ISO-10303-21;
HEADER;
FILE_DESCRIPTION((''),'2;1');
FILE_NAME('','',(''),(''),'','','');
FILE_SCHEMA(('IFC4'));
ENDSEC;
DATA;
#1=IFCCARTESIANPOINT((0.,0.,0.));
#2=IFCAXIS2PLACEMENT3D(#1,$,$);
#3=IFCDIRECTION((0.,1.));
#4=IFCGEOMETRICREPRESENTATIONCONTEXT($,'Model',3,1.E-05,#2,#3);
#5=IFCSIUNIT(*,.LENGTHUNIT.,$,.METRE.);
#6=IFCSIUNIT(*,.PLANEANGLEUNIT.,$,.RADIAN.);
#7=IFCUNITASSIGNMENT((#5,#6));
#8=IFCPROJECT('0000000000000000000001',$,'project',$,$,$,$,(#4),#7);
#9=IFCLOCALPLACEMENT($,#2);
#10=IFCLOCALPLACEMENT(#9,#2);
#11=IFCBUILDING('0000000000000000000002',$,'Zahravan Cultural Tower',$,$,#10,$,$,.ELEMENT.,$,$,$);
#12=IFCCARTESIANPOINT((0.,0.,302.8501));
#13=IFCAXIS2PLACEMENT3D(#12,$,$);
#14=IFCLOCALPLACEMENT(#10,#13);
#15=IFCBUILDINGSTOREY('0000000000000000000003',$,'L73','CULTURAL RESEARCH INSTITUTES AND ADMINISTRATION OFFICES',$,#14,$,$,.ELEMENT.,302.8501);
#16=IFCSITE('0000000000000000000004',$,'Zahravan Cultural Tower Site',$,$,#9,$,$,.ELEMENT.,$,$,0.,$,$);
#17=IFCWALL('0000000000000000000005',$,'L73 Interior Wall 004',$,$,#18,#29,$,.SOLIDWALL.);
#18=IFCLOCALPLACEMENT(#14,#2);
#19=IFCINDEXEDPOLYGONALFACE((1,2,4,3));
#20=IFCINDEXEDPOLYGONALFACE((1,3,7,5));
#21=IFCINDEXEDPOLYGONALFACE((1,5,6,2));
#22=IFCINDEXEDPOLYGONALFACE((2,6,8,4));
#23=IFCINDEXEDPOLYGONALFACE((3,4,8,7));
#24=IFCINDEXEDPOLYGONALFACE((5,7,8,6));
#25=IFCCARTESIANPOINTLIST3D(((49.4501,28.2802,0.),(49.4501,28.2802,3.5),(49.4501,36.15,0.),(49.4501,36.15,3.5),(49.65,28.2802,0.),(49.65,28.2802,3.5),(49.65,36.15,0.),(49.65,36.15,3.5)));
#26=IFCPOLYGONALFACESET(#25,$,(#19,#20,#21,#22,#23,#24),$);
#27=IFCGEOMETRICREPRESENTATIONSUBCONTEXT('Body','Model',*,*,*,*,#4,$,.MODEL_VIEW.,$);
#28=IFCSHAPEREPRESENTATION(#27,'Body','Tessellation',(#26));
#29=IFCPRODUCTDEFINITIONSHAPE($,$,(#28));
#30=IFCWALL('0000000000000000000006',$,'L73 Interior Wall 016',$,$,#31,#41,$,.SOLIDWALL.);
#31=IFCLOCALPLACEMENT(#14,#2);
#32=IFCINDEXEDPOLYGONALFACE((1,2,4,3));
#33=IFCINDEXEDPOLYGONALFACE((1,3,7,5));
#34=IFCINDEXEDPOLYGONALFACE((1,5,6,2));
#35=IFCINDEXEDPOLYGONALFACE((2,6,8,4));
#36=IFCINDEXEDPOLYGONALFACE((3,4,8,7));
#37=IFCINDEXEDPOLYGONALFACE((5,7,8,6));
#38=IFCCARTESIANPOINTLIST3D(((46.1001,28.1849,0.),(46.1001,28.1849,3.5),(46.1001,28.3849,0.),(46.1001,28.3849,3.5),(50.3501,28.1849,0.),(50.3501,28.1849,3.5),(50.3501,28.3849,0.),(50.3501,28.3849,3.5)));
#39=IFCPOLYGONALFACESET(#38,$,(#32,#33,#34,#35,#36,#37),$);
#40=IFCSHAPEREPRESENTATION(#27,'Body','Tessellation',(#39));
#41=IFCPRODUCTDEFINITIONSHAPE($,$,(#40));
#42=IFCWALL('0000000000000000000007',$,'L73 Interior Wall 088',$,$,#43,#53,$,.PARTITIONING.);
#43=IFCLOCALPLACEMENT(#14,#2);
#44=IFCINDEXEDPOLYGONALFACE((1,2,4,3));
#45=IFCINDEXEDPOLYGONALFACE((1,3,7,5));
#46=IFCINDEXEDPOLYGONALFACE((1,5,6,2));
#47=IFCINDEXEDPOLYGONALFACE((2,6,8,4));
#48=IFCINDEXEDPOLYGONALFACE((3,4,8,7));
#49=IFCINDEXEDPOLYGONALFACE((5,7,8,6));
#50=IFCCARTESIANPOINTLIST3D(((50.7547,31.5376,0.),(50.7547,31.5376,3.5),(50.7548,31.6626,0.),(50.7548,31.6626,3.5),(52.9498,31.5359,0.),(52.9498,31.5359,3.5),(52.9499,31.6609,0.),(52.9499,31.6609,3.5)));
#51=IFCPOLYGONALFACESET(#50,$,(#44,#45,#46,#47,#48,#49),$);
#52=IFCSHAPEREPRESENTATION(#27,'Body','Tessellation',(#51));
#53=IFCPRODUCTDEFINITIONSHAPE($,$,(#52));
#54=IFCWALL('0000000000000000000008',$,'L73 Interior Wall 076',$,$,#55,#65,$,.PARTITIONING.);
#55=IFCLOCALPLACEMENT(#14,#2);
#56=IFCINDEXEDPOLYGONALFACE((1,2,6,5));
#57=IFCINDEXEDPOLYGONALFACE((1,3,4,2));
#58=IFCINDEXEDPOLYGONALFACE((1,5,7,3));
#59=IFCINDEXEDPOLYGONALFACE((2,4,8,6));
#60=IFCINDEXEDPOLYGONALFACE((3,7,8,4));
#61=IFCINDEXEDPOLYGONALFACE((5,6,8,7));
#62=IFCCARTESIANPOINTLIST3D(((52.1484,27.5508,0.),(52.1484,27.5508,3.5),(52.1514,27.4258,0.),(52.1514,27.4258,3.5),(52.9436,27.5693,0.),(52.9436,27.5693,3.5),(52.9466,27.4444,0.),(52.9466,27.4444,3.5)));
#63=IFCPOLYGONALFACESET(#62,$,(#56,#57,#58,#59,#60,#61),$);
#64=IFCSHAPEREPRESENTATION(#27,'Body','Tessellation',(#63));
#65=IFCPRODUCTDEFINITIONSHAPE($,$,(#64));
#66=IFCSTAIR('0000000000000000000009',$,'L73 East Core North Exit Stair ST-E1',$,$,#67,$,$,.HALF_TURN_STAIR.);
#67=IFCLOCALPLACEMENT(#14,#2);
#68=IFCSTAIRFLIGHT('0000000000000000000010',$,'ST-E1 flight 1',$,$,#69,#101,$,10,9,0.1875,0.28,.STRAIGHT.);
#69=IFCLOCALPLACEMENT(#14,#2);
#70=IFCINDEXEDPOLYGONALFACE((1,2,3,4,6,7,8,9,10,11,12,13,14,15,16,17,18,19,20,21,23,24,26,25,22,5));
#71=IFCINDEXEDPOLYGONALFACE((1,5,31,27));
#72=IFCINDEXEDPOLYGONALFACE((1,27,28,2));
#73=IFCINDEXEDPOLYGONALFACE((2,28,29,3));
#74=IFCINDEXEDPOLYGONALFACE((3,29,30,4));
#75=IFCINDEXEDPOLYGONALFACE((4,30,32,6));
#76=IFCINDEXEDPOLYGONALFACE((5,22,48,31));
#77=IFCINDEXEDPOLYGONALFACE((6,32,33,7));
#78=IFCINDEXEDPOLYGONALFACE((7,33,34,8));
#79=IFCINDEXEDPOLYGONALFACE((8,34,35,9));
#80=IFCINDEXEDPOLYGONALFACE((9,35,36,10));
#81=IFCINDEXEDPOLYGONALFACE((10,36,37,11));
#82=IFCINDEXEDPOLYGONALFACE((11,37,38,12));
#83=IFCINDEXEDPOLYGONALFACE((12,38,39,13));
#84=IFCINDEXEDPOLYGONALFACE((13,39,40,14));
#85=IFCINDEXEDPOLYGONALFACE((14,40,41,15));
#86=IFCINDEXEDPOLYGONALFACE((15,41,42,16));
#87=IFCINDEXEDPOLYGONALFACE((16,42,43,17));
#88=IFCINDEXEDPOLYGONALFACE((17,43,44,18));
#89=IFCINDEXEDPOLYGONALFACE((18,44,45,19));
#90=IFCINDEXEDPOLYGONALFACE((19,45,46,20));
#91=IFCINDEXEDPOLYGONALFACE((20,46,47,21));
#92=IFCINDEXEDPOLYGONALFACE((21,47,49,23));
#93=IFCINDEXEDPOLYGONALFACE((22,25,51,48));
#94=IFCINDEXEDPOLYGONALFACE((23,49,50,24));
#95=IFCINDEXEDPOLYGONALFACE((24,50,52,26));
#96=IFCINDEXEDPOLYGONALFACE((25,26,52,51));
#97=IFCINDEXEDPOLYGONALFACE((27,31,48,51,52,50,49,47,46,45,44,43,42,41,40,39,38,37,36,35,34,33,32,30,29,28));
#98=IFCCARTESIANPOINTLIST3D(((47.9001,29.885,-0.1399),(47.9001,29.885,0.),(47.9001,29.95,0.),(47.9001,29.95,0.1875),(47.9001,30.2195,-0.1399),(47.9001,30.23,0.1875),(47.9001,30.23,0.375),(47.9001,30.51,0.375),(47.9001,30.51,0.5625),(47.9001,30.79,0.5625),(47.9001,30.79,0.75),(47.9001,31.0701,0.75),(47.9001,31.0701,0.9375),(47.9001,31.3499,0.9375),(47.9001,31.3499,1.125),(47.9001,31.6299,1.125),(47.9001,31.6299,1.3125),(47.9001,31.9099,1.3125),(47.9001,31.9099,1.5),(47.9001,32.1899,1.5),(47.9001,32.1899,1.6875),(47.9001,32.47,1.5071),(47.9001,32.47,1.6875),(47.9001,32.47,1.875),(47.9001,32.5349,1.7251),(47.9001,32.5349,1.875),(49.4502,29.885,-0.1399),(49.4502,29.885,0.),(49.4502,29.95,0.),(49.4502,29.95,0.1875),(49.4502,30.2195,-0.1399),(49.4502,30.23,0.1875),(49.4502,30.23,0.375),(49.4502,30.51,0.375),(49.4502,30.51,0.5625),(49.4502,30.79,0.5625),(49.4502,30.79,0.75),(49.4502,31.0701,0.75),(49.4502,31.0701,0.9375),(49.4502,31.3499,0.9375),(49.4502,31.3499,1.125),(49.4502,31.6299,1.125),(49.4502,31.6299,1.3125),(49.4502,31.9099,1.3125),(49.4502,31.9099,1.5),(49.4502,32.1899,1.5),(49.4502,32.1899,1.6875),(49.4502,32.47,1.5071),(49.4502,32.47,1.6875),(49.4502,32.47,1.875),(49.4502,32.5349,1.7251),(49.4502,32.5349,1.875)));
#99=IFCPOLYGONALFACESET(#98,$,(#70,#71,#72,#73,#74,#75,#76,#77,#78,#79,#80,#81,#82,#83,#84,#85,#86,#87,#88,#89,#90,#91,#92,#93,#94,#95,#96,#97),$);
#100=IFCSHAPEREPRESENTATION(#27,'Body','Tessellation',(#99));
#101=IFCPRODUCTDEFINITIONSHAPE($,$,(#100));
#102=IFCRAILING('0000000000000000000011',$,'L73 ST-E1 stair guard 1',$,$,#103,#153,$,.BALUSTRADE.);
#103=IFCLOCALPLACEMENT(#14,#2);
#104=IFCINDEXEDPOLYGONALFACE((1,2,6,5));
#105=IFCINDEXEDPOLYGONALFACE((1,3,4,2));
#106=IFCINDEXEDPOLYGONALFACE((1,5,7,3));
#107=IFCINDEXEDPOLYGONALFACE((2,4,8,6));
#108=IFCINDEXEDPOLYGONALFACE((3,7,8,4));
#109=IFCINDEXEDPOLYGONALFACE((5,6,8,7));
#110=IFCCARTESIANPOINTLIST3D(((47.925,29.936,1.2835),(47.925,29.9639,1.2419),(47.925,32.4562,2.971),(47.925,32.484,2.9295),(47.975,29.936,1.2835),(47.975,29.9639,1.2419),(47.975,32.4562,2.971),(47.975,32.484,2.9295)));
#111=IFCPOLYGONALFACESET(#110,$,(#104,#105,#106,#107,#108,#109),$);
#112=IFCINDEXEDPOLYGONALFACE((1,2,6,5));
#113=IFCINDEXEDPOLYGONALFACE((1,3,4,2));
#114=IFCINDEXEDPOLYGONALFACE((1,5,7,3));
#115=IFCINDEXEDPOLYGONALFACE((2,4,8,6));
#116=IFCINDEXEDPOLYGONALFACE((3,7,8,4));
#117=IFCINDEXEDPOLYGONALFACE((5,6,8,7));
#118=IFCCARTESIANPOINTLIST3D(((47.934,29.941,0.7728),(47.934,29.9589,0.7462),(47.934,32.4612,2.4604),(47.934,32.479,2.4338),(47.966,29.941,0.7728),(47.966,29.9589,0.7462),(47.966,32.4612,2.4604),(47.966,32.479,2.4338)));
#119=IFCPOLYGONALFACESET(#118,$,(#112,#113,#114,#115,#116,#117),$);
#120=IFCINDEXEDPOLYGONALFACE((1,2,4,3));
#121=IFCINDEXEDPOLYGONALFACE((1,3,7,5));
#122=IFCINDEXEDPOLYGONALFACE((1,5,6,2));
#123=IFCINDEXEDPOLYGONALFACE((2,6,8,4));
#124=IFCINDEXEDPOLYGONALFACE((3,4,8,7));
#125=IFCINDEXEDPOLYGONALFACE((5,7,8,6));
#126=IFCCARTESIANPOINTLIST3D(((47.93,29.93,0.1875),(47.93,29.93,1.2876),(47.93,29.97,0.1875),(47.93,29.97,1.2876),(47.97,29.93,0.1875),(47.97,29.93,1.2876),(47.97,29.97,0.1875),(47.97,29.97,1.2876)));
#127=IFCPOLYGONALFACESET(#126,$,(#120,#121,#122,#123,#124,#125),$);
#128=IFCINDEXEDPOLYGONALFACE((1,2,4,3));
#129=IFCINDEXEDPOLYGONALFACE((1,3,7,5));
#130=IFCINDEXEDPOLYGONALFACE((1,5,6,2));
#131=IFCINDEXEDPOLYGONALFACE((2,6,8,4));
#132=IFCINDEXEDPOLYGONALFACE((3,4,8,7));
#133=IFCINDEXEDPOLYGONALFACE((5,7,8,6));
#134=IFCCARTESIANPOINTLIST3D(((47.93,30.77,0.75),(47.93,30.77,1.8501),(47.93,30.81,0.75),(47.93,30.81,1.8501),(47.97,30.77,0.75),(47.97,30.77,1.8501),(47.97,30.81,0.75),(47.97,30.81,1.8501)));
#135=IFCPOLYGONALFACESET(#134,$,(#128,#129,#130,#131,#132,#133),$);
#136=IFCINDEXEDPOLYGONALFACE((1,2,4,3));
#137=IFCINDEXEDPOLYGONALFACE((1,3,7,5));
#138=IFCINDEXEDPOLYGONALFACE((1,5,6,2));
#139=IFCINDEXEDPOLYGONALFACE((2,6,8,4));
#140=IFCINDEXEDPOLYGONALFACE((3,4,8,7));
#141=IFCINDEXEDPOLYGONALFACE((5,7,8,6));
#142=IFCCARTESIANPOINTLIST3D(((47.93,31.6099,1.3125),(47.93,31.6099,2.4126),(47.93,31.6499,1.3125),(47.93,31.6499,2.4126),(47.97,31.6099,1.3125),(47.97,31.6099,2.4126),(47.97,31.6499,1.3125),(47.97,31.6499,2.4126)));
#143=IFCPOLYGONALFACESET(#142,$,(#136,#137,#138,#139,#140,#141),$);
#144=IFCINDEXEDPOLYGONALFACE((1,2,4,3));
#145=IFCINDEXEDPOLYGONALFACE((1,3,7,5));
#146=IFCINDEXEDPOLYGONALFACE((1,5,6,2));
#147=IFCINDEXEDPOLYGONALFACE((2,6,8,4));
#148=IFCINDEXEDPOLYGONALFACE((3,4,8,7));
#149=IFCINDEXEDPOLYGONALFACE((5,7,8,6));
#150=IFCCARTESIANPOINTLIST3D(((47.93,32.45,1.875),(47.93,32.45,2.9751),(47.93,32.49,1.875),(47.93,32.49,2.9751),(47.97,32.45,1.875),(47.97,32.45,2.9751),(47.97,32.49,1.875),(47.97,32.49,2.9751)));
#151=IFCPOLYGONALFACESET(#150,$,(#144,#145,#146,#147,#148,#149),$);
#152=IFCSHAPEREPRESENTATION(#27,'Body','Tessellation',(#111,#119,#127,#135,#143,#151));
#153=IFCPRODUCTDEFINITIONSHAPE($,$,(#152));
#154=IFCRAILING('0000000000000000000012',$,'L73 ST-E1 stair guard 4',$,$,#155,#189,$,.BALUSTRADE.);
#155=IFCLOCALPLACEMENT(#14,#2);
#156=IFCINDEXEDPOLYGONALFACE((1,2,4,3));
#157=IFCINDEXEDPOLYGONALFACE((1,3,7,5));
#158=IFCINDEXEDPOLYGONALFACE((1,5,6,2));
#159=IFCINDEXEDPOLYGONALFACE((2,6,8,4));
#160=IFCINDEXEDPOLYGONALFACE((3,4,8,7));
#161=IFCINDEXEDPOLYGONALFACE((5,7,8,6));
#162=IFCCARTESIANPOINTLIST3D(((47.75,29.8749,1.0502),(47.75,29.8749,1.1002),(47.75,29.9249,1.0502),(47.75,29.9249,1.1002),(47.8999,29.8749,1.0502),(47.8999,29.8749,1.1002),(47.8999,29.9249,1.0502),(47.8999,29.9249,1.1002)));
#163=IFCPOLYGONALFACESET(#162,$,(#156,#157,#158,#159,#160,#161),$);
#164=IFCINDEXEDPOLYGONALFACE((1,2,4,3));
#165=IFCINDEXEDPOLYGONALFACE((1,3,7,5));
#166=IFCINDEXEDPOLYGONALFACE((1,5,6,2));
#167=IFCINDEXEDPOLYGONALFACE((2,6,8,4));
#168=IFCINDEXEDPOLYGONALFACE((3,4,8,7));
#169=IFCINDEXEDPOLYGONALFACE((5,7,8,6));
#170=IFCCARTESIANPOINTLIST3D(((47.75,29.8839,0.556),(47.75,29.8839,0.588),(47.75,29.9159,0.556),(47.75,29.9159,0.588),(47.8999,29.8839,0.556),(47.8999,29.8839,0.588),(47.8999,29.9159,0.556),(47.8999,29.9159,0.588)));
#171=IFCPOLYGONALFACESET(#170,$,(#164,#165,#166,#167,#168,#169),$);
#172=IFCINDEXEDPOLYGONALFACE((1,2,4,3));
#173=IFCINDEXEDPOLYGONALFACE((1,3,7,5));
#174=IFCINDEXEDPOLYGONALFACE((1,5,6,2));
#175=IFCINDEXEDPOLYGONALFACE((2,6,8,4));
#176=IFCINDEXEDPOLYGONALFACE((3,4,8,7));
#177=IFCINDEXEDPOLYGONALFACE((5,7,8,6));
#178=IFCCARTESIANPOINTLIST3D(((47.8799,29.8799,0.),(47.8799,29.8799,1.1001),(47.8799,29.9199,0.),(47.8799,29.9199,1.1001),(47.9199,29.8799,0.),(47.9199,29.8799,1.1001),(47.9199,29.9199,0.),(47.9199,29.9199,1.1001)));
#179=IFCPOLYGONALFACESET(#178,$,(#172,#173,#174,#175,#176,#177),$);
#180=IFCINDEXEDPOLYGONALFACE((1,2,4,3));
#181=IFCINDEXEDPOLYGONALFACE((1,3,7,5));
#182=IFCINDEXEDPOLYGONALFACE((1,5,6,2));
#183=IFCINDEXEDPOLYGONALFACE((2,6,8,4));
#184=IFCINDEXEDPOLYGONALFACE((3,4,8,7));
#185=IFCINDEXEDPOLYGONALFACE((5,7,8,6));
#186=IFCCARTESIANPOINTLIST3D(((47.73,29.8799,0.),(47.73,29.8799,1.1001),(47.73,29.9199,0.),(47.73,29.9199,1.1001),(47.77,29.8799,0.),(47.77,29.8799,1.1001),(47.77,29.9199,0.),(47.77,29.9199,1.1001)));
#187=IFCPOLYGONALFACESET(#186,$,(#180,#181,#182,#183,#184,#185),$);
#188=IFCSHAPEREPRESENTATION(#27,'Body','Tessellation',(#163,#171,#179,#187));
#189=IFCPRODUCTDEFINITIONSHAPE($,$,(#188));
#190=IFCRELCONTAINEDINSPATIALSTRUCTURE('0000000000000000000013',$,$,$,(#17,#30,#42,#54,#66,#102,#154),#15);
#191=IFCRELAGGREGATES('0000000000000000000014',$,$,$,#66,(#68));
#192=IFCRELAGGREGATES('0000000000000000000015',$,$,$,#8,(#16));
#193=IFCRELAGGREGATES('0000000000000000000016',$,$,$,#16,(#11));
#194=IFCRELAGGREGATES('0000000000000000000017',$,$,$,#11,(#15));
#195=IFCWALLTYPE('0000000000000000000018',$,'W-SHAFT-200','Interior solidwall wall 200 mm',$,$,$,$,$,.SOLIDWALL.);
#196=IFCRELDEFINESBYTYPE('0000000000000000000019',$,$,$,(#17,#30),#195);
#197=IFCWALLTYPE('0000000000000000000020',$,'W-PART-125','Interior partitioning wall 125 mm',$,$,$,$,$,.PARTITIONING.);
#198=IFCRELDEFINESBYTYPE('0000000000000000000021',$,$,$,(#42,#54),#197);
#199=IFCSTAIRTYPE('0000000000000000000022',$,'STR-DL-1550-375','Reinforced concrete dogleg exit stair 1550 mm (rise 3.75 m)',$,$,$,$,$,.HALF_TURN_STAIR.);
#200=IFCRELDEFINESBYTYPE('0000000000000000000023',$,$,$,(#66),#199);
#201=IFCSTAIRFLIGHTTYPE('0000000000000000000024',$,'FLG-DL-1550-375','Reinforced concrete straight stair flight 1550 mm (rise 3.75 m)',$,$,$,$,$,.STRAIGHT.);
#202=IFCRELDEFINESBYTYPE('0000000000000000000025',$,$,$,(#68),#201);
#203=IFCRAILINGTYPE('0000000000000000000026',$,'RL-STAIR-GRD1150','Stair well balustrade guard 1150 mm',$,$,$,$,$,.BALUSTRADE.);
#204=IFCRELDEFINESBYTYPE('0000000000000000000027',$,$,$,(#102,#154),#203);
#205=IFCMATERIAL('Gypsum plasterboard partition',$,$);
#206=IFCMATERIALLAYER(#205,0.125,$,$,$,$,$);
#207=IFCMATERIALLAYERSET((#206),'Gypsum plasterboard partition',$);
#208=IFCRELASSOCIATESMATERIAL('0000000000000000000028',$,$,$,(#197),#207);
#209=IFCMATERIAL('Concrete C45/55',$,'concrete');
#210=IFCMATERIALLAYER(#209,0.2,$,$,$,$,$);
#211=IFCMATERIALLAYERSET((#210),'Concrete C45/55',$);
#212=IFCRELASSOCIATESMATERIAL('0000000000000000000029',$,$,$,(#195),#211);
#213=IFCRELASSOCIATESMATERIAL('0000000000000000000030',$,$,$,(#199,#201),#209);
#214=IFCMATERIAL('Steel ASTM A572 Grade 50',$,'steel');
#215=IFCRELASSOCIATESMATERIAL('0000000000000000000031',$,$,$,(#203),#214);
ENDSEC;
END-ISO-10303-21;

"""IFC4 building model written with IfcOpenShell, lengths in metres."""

from ifc_helpers import new_model, si_unit, direction, frame, frame_2d, origin, origin_2d, place, context, subcontext, project, spatial, polyline, rectangle, outline, extrude, source, transform, mapped, material, layer, layer_set, type_object, element, aggregate, save


model = new_model("IFC4")

# Units and contexts
model_context = context("Model", 3, precision=1e-05, world=origin(), true_north=direction((0.0, 1.0)))
body_context = subcontext(model_context, "Body", "Model", "MODEL_VIEW")
ifc_project = project(units=[si_unit("LENGTHUNIT", "METRE"), si_unit("PLANEANGLEUNIT", "RADIAN")], contexts=[model_context])

# Site, building, storey
site_placement = place(None, origin())
site = spatial("IfcSite", under=ifc_project, at=site_placement, Name="Zahravan Cultural Tower Site", CompositionType="ELEMENT", RefElevation=0.0)
building_placement = place(site_placement, origin())
building = spatial("IfcBuilding", under=site, at=building_placement, Name="Zahravan Cultural Tower", CompositionType="ELEMENT")
storey_placement = place(building_placement, frame((0.0, 0.0, 302.8501)))
storey = spatial("IfcBuildingStorey", under=building, at=storey_placement, Name="L73", Description="CULTURAL RESEARCH INSTITUTES AND ADMINISTRATION OFFICES", CompositionType="ELEMENT", Elevation=302.8501)

# Shared definitions
ifc_material_1 = material(Name="Gypsum plasterboard partition")
ifc_layer_1 = layer(ifc_material_1, 0.125)
ifc_layer_set_1 = layer_set([ifc_layer_1], Name="Gypsum plasterboard partition")
wall_type_1 = type_object("IfcWallType", Name="W-PART-125", Description="Interior partitioning wall 125 mm", PredefinedType="PARTITIONING", material=ifc_layer_set_1)
ifc_material_2 = material(Name="Concrete C45/55", Category="concrete")
ifc_layer_2 = layer(ifc_material_2, 0.2)
ifc_layer_set_2 = layer_set([ifc_layer_2], Name="Concrete C45/55")
wall_type_2 = type_object("IfcWallType", Name="W-SHAFT-200", Description="Interior solidwall wall 200 mm", PredefinedType="SOLIDWALL", material=ifc_layer_set_2)
ifc_material_3 = material(Name="Steel ASTM A572 Grade 50", Category="steel")

# Walls
shared_shape_1 = source(origin(), body_context, "Body", "SweptSolid", [
    extrude(rectangle(XDim=7.8699, YDim=0.2, at=frame_2d((3.9351, 0.0))), origin(), (0.0, 0.0, 1.0), 3.5),
])
wall_1_placement = place(storey_placement, frame((49.55, 28.28, 0.0), z_axis=(0.0, 0.0, 1.0), x_axis=(0.0, 1.0, 0.0)))
element("IfcWall", 1, at=wall_1_placement, inside=storey, type_object=wall_type_2, Name="L73 Interior Wall 004", PredefinedType="SOLIDWALL", context=body_context, shape_type="MappedRepresentation", body=[
    mapped(shared_shape_1, transform((0.0, 0.0, 0.0), x_axis=(1.0, 0.0, 0.0), y_axis=(0.0, 1.0, 0.0), z_axis=(0.0, 0.0, 1.0), scale=1.0)),
])
shared_shape_2 = source(origin(), body_context, "Body", "SweptSolid", [
    extrude(rectangle(XDim=4.25, YDim=0.2, at=frame_2d((2.125, 0.0))), origin(), (0.0, 0.0, 1.0), 3.5),
])
wall_2_placement = place(storey_placement, frame((46.1001, 28.2849, 0.0), z_axis=(0.0, 0.0, 1.0), x_axis=(1.0, 0.0, 0.0)))
element("IfcWall", 2, at=wall_2_placement, inside=storey, type_object=wall_type_2, Name="L73 Interior Wall 016", PredefinedType="SOLIDWALL", context=body_context, shape_type="MappedRepresentation", body=[
    mapped(shared_shape_2, transform((0.0, 0.0, 0.0), x_axis=(1.0, 0.0, 0.0), y_axis=(0.0, 1.0, 0.0), z_axis=(0.0, 0.0, 1.0), scale=1.0)),
])
shared_shape_3 = source(origin(), body_context, "Body", "SweptSolid", [
    extrude(rectangle(XDim=2.1951, YDim=0.125, at=frame_2d((1.0977, 0.0))), origin(), (0.0, 0.0, 1.0), 3.5),
])
wall_3_placement = place(storey_placement, frame((52.95, 31.5984, 0.0), z_axis=(0.0, 0.0, 1.0), x_axis=(-1.0, 0.000779, 0.0)))
element("IfcWall", 3, at=wall_3_placement, inside=storey, type_object=wall_type_1, Name="L73 Interior Wall 088", PredefinedType="PARTITIONING", context=body_context, shape_type="MappedRepresentation", body=[
    mapped(shared_shape_3, transform((0.0, 0.0, 0.0), x_axis=(1.0, 0.0, 0.0), y_axis=(0.0, 1.0, 0.0), z_axis=(0.0, 0.0, 1.0), scale=1.0)),
])
shared_shape_4 = source(origin(), body_context, "Body", "SweptSolid", [
    extrude(rectangle(XDim=0.7954, YDim=0.125, at=frame_2d((0.3977, 0.0))), origin(), (0.0, 0.0, 1.0), 3.5),
])
wall_4_placement = place(storey_placement, frame((52.1499, 27.4883, 0.0), z_axis=(0.0, 0.0, 1.0), x_axis=(0.999728, 0.023328, 0.0)))
element("IfcWall", 4, at=wall_4_placement, inside=storey, type_object=wall_type_1, Name="L73 Interior Wall 076", PredefinedType="PARTITIONING", context=body_context, shape_type="MappedRepresentation", body=[
    mapped(shared_shape_4, transform((0.0, 0.0, 0.0), x_axis=(1.0, 0.0, 0.0), y_axis=(0.0, 1.0, 0.0), z_axis=(0.0, 0.0, 1.0), scale=1.0)),
])

# Stair, stair flight
stair_type = type_object("IfcStairType", Name="STR-DL-1550-375", Description="Reinforced concrete dogleg exit stair 1550 mm (rise 3.75 m)", PredefinedType="HALF_TURN_STAIR", material=ifc_material_2)
stair_placement = place(storey_placement, origin())
stair = element("IfcStair", 5, at=stair_placement, inside=storey, type_object=stair_type, Name="L73 East Core North Exit Stair ST-E1", PredefinedType="HALF_TURN_STAIR")
stair_flight_type = type_object("IfcStairFlightType", Name="FLG-DL-1550-375", Description="Reinforced concrete straight stair flight 1550 mm (rise 3.75 m)", PredefinedType="STRAIGHT", material=ifc_material_2)
stair_flight_placement = place(storey_placement, frame((48.675, 29.95, 0.0), z_axis=(0.0, 0.0, 1.0), x_axis=(0.0, 1.0, 0.0)))
stair_flight = element("IfcStairFlight", 6, at=stair_flight_placement, type_object=stair_flight_type, Name="ST-E1 flight 1", NumberOfRisers=10, NumberOfTreads=9, PredefinedType="STRAIGHT", RiserHeight=0.1875, TreadLength=0.28, context=body_context, shape_type="SweptSolid", body=[
    extrude(outline(polyline([(-0.0649, -0.1399), (-0.0649, 0.0), (0.0, 0.0), (0.0, 0.1875), (0.28, 0.1875), (0.28, 0.375), (0.5601, 0.375), (0.5601, 0.5625), (0.8401, 0.5625), (0.8401, 0.75), (1.1201, 0.75), (1.1201, 0.9375), (1.3999, 0.9375), (1.3999, 1.125), (1.6799, 1.125), (1.6799, 1.3125), (1.96, 1.3125), (1.96, 1.5), (2.24, 1.5), (2.24, 1.6875), (2.52, 1.6875), (2.52, 1.875), (2.585, 1.875), (2.585, 1.7251), (2.52, 1.5071), (0.2695, -0.1399), (-0.0649, -0.1399)])), frame((0.0, 0.7749, 0.0), z_axis=(0.0, -1.0, 0.0), x_axis=(1.0, 0.0, 0.0)), (0.0, 0.0, 1.0), 1.55),
])
aggregate(stair, [stair_flight])

# Railings
railing_type_1 = type_object("IfcRailingType", Name="RL-STAIR-GRD1150", Description="Stair well balustrade guard 1150 mm", PredefinedType="BALUSTRADE", material=ifc_material_3)
railing_1_placement = place(storey_placement, frame((47.95, 29.95, 0.1875)))
element("IfcRailing", 7, at=railing_1_placement, inside=storey, type_object=railing_type_1, Name="L73 ST-E1 stair guard 1", PredefinedType="BALUSTRADE", context=body_context, shape_type="SweptSolid", body=[
    extrude(rectangle(XDim=0.05, YDim=0.05, at=origin_2d()), frame((0.0, 0.0, 1.0752), z_axis=(0.0, 0.830909, 0.556408), x_axis=(-1.0, 0.0, 0.0)), (0.0, 0.0, 1.0), 3.033),
    extrude(rectangle(XDim=0.032, YDim=0.032, at=origin_2d()), frame((0.0, 0.0, 0.572), z_axis=(0.0, 0.830909, 0.556408), x_axis=(-1.0, 0.0, 0.0)), (0.0, 0.0, 1.0), 3.033),
    extrude(rectangle(XDim=0.04, YDim=0.04, at=origin_2d()), origin(), (0.0, 0.0, 1.0), 1.1001),
    extrude(rectangle(XDim=0.04, YDim=0.04, at=origin_2d()), frame((0.0, 0.8401, 0.5625)), (0.0, 0.0, 1.0), 1.1001),
    extrude(rectangle(XDim=0.04, YDim=0.04, at=origin_2d()), frame((0.0, 1.6799, 1.125)), (0.0, 0.0, 1.0), 1.1001),
    extrude(rectangle(XDim=0.04, YDim=0.04, at=origin_2d()), frame((0.0, 2.52, 1.6875)), (0.0, 0.0, 1.0), 1.1001),
])
railing_2_placement = place(storey_placement, frame((47.8999, 29.8999, 0.0)))
element("IfcRailing", 8, at=railing_2_placement, inside=storey, type_object=railing_type_1, Name="L73 ST-E1 stair guard 4", PredefinedType="BALUSTRADE", context=body_context, shape_type="SweptSolid", body=[
    extrude(rectangle(XDim=0.05, YDim=0.05, at=origin_2d()), frame((0.0, 0.0, 1.0752), z_axis=(-1.0, 0.0, 0.0), x_axis=(0.0, -1.0, 0.0)), (0.0, 0.0, 1.0), 0.1499),
    extrude(rectangle(XDim=0.032, YDim=0.032, at=origin_2d()), frame((0.0, 0.0, 0.572), z_axis=(-1.0, 0.0, 0.0), x_axis=(0.0, -1.0, 0.0)), (0.0, 0.0, 1.0), 0.1499),
    extrude(rectangle(XDim=0.04, YDim=0.04, at=origin_2d()), origin(), (0.0, 0.0, 1.0), 1.1001),
    extrude(rectangle(XDim=0.04, YDim=0.04, at=origin_2d()), frame((-0.1499, 0.0, 0.0)), (0.0, 0.0, 1.0), 1.1001),
])

save(model, "model.ifc")
